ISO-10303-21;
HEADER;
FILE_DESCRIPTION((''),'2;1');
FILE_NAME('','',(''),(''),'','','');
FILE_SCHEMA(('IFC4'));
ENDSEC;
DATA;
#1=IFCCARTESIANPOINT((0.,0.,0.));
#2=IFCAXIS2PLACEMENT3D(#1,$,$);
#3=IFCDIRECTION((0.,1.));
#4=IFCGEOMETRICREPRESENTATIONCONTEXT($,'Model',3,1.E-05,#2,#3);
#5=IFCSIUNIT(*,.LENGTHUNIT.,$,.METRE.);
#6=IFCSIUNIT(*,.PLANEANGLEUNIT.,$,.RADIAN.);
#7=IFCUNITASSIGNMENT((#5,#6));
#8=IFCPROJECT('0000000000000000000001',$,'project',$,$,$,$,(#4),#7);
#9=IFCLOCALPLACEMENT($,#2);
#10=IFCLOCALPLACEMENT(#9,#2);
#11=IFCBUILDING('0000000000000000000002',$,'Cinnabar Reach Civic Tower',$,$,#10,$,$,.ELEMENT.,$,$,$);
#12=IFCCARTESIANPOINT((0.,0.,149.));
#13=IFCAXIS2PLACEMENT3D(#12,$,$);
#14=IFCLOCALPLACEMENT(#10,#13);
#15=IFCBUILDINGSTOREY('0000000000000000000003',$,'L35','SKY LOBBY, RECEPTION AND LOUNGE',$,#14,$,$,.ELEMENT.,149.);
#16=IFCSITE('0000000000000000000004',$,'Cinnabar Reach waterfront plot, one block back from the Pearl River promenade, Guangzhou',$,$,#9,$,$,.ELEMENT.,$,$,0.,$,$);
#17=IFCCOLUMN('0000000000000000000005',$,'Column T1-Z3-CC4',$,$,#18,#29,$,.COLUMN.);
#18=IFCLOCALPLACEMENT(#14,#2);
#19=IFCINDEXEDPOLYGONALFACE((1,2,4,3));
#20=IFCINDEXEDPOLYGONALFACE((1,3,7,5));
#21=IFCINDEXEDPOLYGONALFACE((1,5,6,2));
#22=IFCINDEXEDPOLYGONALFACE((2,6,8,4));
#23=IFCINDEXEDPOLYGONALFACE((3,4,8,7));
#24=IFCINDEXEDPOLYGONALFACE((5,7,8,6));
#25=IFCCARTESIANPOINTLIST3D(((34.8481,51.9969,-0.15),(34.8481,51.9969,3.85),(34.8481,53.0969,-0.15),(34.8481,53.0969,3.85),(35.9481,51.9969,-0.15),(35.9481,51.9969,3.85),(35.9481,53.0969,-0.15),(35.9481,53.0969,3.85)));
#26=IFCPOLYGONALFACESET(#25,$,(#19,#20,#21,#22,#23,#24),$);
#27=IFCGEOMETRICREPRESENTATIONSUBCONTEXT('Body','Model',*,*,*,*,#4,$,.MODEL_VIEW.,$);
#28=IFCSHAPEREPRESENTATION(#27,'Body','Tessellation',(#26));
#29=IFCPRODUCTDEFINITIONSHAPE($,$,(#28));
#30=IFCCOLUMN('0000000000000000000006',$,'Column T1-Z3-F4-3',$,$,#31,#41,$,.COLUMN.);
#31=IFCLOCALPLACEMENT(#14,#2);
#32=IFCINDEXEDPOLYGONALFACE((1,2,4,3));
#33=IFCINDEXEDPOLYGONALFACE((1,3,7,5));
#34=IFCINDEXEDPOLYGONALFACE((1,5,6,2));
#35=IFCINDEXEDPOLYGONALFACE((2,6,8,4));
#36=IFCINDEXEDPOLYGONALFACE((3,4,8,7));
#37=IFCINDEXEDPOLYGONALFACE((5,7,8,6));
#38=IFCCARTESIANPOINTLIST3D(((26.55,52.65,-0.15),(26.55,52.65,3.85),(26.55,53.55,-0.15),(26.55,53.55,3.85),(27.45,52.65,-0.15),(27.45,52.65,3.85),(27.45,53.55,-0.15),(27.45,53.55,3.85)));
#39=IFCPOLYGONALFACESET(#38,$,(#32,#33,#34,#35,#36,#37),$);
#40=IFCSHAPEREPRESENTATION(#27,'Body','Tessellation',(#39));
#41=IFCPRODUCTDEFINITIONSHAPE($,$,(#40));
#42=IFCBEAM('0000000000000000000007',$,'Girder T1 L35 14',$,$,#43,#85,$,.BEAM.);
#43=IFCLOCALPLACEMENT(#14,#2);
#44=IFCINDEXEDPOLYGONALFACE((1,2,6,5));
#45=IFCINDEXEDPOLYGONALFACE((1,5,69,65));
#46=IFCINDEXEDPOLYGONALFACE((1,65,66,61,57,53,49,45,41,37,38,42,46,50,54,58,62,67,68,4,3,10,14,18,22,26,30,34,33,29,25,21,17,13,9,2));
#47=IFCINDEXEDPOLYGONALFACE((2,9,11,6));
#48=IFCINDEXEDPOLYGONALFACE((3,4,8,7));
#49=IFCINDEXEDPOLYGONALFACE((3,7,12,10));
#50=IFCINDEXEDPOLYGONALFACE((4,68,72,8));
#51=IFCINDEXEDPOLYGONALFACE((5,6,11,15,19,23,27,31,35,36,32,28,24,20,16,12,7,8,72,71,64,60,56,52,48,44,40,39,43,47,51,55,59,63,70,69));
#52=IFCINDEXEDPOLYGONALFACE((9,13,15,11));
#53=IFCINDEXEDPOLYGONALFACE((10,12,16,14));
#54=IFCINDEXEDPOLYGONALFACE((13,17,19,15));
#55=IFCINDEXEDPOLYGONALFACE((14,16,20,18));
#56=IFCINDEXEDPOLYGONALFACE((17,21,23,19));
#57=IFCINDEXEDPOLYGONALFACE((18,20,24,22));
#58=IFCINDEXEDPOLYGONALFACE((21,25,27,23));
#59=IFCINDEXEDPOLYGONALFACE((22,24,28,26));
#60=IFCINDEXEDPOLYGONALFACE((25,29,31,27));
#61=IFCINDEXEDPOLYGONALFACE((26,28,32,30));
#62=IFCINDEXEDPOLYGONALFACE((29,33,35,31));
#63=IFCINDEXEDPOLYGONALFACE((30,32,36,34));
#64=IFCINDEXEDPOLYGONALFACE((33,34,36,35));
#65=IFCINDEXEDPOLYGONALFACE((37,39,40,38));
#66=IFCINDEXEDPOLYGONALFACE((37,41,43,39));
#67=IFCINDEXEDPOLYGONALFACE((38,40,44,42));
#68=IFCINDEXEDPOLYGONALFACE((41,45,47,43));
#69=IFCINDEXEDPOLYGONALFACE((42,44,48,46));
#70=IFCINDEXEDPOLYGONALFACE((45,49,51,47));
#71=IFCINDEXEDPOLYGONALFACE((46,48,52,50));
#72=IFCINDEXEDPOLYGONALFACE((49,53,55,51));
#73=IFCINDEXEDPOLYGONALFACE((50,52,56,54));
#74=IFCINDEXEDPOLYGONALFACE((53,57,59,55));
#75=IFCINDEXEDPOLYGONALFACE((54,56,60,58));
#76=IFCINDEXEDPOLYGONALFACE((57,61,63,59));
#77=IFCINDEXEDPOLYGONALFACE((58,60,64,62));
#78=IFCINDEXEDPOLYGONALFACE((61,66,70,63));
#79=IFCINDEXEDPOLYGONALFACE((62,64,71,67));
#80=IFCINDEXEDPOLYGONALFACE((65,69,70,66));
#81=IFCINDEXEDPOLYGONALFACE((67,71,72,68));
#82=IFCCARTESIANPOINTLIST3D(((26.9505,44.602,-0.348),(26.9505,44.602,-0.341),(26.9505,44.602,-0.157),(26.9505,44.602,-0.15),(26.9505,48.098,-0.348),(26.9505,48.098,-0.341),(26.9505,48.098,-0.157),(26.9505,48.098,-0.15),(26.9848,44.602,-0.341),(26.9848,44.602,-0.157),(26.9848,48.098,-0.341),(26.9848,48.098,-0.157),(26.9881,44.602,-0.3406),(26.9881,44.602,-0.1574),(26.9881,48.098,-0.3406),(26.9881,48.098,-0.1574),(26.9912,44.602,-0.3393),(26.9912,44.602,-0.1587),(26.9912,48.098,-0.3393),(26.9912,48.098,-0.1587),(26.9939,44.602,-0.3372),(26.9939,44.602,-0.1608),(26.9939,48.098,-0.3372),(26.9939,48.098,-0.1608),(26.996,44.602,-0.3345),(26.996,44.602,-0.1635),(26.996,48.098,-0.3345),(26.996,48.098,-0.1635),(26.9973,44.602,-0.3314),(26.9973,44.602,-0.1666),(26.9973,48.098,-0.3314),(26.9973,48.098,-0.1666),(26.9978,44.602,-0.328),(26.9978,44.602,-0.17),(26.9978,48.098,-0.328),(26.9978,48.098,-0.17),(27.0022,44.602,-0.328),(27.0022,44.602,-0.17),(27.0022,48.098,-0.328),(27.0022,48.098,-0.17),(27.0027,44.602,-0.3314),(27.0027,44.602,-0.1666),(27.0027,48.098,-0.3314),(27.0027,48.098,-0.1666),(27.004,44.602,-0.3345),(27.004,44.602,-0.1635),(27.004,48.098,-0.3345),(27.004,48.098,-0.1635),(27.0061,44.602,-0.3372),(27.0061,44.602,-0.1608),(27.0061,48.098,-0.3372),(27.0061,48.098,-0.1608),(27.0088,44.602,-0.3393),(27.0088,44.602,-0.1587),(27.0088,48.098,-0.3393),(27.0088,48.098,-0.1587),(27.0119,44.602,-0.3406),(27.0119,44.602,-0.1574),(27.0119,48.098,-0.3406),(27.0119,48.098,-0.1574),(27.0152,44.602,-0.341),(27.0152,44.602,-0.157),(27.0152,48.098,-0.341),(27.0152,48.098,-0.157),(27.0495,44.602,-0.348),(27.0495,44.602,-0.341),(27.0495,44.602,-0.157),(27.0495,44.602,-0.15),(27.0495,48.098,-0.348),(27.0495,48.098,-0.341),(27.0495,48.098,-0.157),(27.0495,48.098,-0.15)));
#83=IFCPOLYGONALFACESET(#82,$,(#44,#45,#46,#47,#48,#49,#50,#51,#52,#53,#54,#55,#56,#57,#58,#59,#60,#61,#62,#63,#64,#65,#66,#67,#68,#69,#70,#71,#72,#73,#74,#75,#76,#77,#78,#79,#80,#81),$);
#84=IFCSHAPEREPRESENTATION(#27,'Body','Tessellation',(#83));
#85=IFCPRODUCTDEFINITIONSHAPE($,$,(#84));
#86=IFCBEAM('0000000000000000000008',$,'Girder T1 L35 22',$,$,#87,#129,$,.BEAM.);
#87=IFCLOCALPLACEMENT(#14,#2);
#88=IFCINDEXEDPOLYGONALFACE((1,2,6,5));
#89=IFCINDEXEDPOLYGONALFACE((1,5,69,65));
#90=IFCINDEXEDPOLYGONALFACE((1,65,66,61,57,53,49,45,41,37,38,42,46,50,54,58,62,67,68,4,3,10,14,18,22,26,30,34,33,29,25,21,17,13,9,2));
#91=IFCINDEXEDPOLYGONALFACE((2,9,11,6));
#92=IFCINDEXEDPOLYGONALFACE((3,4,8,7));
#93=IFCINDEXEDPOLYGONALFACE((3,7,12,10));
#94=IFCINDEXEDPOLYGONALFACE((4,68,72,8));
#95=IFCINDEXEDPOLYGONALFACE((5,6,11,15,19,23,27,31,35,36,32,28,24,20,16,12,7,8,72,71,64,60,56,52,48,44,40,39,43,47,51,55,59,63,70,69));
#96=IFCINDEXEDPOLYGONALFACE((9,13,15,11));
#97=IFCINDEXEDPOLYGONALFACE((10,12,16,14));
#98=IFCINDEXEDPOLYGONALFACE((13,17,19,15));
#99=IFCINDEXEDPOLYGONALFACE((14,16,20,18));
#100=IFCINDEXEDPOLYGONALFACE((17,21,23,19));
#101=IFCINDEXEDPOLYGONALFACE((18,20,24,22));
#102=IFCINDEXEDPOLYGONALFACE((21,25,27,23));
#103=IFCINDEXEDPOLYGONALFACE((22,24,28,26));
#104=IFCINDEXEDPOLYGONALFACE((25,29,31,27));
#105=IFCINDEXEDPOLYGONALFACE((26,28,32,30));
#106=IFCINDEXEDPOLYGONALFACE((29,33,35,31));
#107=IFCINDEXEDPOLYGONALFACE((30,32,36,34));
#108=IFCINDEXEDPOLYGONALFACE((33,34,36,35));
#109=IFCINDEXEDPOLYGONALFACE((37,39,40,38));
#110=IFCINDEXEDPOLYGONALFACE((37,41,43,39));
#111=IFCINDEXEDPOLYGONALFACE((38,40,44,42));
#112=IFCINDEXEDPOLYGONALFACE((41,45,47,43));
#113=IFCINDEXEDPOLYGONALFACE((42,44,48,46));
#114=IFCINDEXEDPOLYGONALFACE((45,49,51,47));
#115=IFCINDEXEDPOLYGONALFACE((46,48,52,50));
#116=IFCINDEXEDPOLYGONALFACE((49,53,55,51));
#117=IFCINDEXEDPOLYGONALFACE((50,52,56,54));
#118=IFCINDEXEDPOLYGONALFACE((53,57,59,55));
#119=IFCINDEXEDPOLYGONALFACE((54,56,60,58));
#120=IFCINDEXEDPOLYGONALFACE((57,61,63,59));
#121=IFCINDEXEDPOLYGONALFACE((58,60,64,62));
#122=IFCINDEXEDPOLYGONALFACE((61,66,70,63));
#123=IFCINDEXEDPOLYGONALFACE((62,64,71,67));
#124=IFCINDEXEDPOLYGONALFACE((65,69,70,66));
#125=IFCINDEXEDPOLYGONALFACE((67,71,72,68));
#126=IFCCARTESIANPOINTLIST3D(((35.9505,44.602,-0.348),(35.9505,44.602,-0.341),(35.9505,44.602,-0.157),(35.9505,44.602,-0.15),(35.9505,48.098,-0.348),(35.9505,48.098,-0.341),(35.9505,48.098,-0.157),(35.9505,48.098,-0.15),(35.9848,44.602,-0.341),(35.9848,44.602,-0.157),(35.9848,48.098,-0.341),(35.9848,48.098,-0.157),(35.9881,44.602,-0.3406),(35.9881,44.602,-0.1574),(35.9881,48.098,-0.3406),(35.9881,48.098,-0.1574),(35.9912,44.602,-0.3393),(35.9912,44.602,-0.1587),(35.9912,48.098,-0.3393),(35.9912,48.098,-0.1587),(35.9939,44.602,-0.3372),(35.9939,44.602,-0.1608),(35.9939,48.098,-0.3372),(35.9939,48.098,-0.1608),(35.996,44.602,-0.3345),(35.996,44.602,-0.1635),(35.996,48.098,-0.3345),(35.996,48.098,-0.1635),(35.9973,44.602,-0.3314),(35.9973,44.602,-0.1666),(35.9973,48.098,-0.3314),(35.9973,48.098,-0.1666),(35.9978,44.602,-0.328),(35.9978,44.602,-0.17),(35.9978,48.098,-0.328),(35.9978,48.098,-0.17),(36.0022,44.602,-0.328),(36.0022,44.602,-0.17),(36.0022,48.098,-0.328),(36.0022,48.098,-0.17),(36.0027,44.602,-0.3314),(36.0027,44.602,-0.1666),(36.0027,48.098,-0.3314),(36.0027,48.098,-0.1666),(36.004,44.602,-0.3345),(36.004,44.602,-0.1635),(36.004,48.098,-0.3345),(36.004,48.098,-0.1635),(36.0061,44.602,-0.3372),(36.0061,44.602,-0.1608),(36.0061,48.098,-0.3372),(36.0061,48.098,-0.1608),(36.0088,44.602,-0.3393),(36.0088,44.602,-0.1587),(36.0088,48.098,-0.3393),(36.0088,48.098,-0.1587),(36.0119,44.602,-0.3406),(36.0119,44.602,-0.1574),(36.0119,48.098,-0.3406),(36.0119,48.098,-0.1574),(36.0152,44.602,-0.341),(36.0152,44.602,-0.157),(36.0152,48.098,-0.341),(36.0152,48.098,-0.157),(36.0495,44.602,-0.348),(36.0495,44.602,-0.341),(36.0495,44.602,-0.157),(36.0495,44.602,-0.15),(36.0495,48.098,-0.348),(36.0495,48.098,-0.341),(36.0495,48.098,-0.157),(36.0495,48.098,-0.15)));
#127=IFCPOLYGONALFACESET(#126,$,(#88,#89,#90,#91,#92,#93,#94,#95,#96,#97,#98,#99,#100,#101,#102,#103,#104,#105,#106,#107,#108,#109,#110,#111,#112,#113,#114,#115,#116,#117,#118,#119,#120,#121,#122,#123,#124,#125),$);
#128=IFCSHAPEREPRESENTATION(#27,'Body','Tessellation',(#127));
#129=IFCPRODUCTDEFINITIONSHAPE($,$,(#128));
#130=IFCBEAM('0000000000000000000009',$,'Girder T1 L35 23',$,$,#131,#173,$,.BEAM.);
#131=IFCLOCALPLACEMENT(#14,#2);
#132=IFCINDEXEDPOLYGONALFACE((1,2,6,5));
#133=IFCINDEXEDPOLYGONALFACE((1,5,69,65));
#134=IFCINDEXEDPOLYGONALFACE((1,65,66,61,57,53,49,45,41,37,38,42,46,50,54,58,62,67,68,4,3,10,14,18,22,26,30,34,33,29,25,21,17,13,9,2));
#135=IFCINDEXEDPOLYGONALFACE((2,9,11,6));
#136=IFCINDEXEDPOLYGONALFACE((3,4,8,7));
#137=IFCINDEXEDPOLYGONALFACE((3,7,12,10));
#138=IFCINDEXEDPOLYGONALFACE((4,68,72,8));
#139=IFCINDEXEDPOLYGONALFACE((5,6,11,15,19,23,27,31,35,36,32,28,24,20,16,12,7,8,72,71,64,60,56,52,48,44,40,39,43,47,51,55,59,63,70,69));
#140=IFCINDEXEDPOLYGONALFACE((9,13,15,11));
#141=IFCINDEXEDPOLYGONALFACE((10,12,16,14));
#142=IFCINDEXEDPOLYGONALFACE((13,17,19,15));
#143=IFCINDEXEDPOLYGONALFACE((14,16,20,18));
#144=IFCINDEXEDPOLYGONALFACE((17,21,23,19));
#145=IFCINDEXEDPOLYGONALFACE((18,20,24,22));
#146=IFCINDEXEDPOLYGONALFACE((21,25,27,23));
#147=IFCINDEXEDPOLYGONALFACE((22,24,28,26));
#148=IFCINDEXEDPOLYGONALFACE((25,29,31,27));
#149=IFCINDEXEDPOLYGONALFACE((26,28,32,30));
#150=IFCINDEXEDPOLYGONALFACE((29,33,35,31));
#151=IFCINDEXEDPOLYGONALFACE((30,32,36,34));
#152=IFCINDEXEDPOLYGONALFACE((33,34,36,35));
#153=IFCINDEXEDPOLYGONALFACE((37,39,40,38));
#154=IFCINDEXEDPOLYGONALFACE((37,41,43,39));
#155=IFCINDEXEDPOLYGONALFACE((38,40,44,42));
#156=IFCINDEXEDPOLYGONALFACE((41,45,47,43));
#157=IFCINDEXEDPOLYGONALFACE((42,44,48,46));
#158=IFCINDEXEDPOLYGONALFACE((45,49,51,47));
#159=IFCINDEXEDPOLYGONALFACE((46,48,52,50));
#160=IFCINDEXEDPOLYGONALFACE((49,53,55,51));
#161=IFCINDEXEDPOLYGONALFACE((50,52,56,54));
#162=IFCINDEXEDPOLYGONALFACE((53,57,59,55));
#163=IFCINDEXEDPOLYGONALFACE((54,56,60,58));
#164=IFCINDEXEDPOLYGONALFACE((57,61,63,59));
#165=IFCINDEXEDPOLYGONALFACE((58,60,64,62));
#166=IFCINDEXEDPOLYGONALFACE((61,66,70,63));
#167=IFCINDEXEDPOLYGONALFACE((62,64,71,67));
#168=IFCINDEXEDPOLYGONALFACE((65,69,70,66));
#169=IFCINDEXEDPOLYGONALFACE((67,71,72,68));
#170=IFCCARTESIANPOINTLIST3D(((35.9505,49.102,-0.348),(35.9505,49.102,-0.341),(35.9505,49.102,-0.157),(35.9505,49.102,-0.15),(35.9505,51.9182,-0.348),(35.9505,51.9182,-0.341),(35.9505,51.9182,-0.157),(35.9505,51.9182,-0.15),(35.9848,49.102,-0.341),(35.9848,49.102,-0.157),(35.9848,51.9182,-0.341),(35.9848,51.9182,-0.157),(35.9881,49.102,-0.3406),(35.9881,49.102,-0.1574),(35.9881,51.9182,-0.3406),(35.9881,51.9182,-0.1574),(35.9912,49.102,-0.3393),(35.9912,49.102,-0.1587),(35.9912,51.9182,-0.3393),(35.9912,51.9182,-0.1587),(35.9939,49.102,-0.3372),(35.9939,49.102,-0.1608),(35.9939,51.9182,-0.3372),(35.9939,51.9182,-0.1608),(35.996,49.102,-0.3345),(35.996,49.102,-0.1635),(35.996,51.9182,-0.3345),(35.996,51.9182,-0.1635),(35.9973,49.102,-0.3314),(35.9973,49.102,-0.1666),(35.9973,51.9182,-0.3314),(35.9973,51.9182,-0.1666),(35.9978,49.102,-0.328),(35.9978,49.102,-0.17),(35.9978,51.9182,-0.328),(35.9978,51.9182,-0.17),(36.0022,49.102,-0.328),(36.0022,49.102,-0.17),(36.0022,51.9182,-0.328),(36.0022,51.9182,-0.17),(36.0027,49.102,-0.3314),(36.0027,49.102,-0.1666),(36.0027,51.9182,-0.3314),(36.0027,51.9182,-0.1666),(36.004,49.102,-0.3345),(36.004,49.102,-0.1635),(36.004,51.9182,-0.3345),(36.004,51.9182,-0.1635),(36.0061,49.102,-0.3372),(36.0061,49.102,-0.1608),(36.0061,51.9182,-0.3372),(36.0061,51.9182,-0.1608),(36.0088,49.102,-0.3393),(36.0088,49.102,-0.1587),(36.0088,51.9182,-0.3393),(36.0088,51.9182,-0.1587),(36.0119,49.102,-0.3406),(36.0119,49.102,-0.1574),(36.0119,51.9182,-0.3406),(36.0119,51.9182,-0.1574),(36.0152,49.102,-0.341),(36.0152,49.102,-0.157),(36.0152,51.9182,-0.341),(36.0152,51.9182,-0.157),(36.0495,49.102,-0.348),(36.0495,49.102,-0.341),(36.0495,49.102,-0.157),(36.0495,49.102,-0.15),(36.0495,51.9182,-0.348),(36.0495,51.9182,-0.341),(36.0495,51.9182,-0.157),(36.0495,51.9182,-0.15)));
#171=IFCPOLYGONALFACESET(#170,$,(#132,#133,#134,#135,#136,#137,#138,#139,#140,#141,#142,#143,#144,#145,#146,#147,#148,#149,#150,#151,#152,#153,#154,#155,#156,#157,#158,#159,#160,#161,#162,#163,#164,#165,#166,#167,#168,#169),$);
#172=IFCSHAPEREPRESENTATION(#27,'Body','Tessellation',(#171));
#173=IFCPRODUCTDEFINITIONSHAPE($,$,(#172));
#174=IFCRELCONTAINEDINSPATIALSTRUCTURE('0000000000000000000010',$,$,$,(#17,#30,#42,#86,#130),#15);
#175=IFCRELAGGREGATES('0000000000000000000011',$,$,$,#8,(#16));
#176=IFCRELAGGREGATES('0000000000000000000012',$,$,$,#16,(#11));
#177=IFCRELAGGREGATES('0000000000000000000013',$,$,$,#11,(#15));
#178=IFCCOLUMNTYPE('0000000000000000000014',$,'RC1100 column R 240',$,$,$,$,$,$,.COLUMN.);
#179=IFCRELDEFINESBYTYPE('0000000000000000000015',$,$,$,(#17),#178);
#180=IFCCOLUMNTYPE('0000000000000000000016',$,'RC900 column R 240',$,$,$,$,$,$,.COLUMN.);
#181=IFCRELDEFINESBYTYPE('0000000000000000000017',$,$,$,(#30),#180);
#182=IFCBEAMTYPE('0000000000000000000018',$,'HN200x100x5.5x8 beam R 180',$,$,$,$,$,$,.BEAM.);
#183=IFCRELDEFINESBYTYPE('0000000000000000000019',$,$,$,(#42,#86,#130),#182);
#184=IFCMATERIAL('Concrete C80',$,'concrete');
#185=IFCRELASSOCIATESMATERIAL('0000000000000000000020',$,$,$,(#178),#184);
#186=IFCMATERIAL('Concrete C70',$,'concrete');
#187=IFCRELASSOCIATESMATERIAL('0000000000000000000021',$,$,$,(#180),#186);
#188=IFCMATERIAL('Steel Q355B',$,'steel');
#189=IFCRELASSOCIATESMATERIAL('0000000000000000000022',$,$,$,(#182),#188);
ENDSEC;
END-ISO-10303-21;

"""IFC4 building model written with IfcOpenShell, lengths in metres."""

from ifc_helpers import new_model, si_unit, direction, frame, origin, origin_2d, place, context, subcontext, project, spatial, rectangle, i_section, extrude, material, material_profile, profile_set, type_object, element, save


model = new_model("IFC4")

# Units and contexts
model_context = context("Model", 3, precision=1e-05, world=origin(), true_north=direction((0.0, 1.0)))
body_context = subcontext(model_context, "Body", "Model", "MODEL_VIEW")
ifc_project = project(units=[si_unit("LENGTHUNIT", "METRE"), si_unit("PLANEANGLEUNIT", "RADIAN")], contexts=[model_context])

# Site, building, storey
site_placement = place(None, origin())
site = spatial("IfcSite", under=ifc_project, at=site_placement, Name="Cinnabar Reach waterfront plot, one block back from the Pearl River promenade, Guangzhou", CompositionType="ELEMENT", RefElevation=0.0)
building_placement = place(site_placement, origin())
building = spatial("IfcBuilding", under=site, at=building_placement, Name="Cinnabar Reach Civic Tower", CompositionType="ELEMENT")
storey_placement = place(building_placement, frame((0.0, 0.0, 149.0)))
storey = spatial("IfcBuildingStorey", under=building, at=storey_placement, Name="L35", Description="SKY LOBBY, RECEPTION AND LOUNGE", CompositionType="ELEMENT", Elevation=149.0)

# Columns
ifc_material_1 = material(Name="Concrete C80", Category="concrete")
ifc_material_profile_1 = material_profile(ifc_material_1, rectangle(XDim=1.1, YDim=1.1, at=origin_2d()), Name="RC1100")
ifc_profile_set_1 = profile_set([ifc_material_profile_1], Name="Concrete C80")
column_type_1 = type_object("IfcColumnType", Name="RC1100 column R 240", PredefinedType="COLUMN", material=ifc_profile_set_1)
column_1_placement = place(storey_placement, frame((35.3981, 52.5469, -0.15), z_axis=(0.0, 0.0, 1.0), x_axis=(1.0, 0.0, 0.0)))
element("IfcColumn", 1, at=column_1_placement, inside=storey, type_object=column_type_1, Name="Column T1-Z3-CC4", PredefinedType="COLUMN", context=body_context, shape_type="SweptSolid", body=[
    extrude(rectangle(XDim=1.1, YDim=1.1, at=origin_2d()), origin(), (0.0, 0.0, 1.0), 4.0),
])
ifc_material_2 = material(Name="Concrete C70", Category="concrete")
ifc_material_profile_2 = material_profile(ifc_material_2, rectangle(XDim=0.9, YDim=0.9, at=origin_2d()), Name="RC900")
ifc_profile_set_2 = profile_set([ifc_material_profile_2], Name="Concrete C70")
column_type_2 = type_object("IfcColumnType", Name="RC900 column R 240", PredefinedType="COLUMN", material=ifc_profile_set_2)
column_2_placement = place(storey_placement, frame((27.0, 53.1, -0.15), z_axis=(0.0, 0.0, 1.0), x_axis=(1.0, 0.0, 0.0)))
element("IfcColumn", 2, at=column_2_placement, inside=storey, type_object=column_type_2, Name="Column T1-Z3-F4-3", PredefinedType="COLUMN", context=body_context, shape_type="SweptSolid", body=[
    extrude(rectangle(XDim=0.9, YDim=0.9, at=origin_2d()), origin(), (0.0, 0.0, 1.0), 4.0),
])

# Beams
ifc_material_3 = material(Name="Steel Q355B", Category="steel")
ifc_material_profile_3 = material_profile(ifc_material_3, i_section(OverallWidth=0.099, OverallDepth=0.198, WebThickness=0.0045, FlangeThickness=0.007, FilletRadius=0.013, at=origin_2d()), Name="HN200x100x5.5x8")
ifc_profile_set_3 = profile_set([ifc_material_profile_3], Name="Steel Q355B")
beam_type_1 = type_object("IfcBeamType", Name="HN200x100x5.5x8 beam R 180", PredefinedType="BEAM", material=ifc_profile_set_3)
for number, where, z_axis, x_axis, name in (
    (3, (27.0, 44.602, -0.249), (0.0, 1.0, 0.0), (-1.0, 0.0, 0.0), "Girder T1 L35 14"),
    (4, (36.0, 44.602, -0.249), (0.0, 1.0, 0.0), (-1.0, 0.0, 0.0), "Girder T1 L35 22"),
):
    element("IfcBeam", number, at=place(storey_placement, frame(where, z_axis=z_axis, x_axis=x_axis)), inside=storey, type_object=beam_type_1, Name=name, PredefinedType="BEAM", context=body_context, shape_type="SweptSolid", body=[
        extrude(i_section(OverallWidth=0.099, OverallDepth=0.198, WebThickness=0.0045, FlangeThickness=0.007, FilletRadius=0.013, at=origin_2d()), origin(), (0.0, 0.0, 1.0), 3.496),
    ])
beam_1_placement = place(storey_placement, frame((36.0, 49.102, -0.249), z_axis=(0.0, 1.0, 0.0), x_axis=(-1.0, 0.0, 0.0)))
element("IfcBeam", 5, at=beam_1_placement, inside=storey, type_object=beam_type_1, Name="Girder T1 L35 23", PredefinedType="BEAM", context=body_context, shape_type="SweptSolid", body=[
    extrude(i_section(OverallWidth=0.099, OverallDepth=0.198, WebThickness=0.0045, FlangeThickness=0.007, FilletRadius=0.013, at=origin_2d()), origin(), (0.0, 0.0, 1.0), 2.8162),
])

save(model, "model.ifc")
